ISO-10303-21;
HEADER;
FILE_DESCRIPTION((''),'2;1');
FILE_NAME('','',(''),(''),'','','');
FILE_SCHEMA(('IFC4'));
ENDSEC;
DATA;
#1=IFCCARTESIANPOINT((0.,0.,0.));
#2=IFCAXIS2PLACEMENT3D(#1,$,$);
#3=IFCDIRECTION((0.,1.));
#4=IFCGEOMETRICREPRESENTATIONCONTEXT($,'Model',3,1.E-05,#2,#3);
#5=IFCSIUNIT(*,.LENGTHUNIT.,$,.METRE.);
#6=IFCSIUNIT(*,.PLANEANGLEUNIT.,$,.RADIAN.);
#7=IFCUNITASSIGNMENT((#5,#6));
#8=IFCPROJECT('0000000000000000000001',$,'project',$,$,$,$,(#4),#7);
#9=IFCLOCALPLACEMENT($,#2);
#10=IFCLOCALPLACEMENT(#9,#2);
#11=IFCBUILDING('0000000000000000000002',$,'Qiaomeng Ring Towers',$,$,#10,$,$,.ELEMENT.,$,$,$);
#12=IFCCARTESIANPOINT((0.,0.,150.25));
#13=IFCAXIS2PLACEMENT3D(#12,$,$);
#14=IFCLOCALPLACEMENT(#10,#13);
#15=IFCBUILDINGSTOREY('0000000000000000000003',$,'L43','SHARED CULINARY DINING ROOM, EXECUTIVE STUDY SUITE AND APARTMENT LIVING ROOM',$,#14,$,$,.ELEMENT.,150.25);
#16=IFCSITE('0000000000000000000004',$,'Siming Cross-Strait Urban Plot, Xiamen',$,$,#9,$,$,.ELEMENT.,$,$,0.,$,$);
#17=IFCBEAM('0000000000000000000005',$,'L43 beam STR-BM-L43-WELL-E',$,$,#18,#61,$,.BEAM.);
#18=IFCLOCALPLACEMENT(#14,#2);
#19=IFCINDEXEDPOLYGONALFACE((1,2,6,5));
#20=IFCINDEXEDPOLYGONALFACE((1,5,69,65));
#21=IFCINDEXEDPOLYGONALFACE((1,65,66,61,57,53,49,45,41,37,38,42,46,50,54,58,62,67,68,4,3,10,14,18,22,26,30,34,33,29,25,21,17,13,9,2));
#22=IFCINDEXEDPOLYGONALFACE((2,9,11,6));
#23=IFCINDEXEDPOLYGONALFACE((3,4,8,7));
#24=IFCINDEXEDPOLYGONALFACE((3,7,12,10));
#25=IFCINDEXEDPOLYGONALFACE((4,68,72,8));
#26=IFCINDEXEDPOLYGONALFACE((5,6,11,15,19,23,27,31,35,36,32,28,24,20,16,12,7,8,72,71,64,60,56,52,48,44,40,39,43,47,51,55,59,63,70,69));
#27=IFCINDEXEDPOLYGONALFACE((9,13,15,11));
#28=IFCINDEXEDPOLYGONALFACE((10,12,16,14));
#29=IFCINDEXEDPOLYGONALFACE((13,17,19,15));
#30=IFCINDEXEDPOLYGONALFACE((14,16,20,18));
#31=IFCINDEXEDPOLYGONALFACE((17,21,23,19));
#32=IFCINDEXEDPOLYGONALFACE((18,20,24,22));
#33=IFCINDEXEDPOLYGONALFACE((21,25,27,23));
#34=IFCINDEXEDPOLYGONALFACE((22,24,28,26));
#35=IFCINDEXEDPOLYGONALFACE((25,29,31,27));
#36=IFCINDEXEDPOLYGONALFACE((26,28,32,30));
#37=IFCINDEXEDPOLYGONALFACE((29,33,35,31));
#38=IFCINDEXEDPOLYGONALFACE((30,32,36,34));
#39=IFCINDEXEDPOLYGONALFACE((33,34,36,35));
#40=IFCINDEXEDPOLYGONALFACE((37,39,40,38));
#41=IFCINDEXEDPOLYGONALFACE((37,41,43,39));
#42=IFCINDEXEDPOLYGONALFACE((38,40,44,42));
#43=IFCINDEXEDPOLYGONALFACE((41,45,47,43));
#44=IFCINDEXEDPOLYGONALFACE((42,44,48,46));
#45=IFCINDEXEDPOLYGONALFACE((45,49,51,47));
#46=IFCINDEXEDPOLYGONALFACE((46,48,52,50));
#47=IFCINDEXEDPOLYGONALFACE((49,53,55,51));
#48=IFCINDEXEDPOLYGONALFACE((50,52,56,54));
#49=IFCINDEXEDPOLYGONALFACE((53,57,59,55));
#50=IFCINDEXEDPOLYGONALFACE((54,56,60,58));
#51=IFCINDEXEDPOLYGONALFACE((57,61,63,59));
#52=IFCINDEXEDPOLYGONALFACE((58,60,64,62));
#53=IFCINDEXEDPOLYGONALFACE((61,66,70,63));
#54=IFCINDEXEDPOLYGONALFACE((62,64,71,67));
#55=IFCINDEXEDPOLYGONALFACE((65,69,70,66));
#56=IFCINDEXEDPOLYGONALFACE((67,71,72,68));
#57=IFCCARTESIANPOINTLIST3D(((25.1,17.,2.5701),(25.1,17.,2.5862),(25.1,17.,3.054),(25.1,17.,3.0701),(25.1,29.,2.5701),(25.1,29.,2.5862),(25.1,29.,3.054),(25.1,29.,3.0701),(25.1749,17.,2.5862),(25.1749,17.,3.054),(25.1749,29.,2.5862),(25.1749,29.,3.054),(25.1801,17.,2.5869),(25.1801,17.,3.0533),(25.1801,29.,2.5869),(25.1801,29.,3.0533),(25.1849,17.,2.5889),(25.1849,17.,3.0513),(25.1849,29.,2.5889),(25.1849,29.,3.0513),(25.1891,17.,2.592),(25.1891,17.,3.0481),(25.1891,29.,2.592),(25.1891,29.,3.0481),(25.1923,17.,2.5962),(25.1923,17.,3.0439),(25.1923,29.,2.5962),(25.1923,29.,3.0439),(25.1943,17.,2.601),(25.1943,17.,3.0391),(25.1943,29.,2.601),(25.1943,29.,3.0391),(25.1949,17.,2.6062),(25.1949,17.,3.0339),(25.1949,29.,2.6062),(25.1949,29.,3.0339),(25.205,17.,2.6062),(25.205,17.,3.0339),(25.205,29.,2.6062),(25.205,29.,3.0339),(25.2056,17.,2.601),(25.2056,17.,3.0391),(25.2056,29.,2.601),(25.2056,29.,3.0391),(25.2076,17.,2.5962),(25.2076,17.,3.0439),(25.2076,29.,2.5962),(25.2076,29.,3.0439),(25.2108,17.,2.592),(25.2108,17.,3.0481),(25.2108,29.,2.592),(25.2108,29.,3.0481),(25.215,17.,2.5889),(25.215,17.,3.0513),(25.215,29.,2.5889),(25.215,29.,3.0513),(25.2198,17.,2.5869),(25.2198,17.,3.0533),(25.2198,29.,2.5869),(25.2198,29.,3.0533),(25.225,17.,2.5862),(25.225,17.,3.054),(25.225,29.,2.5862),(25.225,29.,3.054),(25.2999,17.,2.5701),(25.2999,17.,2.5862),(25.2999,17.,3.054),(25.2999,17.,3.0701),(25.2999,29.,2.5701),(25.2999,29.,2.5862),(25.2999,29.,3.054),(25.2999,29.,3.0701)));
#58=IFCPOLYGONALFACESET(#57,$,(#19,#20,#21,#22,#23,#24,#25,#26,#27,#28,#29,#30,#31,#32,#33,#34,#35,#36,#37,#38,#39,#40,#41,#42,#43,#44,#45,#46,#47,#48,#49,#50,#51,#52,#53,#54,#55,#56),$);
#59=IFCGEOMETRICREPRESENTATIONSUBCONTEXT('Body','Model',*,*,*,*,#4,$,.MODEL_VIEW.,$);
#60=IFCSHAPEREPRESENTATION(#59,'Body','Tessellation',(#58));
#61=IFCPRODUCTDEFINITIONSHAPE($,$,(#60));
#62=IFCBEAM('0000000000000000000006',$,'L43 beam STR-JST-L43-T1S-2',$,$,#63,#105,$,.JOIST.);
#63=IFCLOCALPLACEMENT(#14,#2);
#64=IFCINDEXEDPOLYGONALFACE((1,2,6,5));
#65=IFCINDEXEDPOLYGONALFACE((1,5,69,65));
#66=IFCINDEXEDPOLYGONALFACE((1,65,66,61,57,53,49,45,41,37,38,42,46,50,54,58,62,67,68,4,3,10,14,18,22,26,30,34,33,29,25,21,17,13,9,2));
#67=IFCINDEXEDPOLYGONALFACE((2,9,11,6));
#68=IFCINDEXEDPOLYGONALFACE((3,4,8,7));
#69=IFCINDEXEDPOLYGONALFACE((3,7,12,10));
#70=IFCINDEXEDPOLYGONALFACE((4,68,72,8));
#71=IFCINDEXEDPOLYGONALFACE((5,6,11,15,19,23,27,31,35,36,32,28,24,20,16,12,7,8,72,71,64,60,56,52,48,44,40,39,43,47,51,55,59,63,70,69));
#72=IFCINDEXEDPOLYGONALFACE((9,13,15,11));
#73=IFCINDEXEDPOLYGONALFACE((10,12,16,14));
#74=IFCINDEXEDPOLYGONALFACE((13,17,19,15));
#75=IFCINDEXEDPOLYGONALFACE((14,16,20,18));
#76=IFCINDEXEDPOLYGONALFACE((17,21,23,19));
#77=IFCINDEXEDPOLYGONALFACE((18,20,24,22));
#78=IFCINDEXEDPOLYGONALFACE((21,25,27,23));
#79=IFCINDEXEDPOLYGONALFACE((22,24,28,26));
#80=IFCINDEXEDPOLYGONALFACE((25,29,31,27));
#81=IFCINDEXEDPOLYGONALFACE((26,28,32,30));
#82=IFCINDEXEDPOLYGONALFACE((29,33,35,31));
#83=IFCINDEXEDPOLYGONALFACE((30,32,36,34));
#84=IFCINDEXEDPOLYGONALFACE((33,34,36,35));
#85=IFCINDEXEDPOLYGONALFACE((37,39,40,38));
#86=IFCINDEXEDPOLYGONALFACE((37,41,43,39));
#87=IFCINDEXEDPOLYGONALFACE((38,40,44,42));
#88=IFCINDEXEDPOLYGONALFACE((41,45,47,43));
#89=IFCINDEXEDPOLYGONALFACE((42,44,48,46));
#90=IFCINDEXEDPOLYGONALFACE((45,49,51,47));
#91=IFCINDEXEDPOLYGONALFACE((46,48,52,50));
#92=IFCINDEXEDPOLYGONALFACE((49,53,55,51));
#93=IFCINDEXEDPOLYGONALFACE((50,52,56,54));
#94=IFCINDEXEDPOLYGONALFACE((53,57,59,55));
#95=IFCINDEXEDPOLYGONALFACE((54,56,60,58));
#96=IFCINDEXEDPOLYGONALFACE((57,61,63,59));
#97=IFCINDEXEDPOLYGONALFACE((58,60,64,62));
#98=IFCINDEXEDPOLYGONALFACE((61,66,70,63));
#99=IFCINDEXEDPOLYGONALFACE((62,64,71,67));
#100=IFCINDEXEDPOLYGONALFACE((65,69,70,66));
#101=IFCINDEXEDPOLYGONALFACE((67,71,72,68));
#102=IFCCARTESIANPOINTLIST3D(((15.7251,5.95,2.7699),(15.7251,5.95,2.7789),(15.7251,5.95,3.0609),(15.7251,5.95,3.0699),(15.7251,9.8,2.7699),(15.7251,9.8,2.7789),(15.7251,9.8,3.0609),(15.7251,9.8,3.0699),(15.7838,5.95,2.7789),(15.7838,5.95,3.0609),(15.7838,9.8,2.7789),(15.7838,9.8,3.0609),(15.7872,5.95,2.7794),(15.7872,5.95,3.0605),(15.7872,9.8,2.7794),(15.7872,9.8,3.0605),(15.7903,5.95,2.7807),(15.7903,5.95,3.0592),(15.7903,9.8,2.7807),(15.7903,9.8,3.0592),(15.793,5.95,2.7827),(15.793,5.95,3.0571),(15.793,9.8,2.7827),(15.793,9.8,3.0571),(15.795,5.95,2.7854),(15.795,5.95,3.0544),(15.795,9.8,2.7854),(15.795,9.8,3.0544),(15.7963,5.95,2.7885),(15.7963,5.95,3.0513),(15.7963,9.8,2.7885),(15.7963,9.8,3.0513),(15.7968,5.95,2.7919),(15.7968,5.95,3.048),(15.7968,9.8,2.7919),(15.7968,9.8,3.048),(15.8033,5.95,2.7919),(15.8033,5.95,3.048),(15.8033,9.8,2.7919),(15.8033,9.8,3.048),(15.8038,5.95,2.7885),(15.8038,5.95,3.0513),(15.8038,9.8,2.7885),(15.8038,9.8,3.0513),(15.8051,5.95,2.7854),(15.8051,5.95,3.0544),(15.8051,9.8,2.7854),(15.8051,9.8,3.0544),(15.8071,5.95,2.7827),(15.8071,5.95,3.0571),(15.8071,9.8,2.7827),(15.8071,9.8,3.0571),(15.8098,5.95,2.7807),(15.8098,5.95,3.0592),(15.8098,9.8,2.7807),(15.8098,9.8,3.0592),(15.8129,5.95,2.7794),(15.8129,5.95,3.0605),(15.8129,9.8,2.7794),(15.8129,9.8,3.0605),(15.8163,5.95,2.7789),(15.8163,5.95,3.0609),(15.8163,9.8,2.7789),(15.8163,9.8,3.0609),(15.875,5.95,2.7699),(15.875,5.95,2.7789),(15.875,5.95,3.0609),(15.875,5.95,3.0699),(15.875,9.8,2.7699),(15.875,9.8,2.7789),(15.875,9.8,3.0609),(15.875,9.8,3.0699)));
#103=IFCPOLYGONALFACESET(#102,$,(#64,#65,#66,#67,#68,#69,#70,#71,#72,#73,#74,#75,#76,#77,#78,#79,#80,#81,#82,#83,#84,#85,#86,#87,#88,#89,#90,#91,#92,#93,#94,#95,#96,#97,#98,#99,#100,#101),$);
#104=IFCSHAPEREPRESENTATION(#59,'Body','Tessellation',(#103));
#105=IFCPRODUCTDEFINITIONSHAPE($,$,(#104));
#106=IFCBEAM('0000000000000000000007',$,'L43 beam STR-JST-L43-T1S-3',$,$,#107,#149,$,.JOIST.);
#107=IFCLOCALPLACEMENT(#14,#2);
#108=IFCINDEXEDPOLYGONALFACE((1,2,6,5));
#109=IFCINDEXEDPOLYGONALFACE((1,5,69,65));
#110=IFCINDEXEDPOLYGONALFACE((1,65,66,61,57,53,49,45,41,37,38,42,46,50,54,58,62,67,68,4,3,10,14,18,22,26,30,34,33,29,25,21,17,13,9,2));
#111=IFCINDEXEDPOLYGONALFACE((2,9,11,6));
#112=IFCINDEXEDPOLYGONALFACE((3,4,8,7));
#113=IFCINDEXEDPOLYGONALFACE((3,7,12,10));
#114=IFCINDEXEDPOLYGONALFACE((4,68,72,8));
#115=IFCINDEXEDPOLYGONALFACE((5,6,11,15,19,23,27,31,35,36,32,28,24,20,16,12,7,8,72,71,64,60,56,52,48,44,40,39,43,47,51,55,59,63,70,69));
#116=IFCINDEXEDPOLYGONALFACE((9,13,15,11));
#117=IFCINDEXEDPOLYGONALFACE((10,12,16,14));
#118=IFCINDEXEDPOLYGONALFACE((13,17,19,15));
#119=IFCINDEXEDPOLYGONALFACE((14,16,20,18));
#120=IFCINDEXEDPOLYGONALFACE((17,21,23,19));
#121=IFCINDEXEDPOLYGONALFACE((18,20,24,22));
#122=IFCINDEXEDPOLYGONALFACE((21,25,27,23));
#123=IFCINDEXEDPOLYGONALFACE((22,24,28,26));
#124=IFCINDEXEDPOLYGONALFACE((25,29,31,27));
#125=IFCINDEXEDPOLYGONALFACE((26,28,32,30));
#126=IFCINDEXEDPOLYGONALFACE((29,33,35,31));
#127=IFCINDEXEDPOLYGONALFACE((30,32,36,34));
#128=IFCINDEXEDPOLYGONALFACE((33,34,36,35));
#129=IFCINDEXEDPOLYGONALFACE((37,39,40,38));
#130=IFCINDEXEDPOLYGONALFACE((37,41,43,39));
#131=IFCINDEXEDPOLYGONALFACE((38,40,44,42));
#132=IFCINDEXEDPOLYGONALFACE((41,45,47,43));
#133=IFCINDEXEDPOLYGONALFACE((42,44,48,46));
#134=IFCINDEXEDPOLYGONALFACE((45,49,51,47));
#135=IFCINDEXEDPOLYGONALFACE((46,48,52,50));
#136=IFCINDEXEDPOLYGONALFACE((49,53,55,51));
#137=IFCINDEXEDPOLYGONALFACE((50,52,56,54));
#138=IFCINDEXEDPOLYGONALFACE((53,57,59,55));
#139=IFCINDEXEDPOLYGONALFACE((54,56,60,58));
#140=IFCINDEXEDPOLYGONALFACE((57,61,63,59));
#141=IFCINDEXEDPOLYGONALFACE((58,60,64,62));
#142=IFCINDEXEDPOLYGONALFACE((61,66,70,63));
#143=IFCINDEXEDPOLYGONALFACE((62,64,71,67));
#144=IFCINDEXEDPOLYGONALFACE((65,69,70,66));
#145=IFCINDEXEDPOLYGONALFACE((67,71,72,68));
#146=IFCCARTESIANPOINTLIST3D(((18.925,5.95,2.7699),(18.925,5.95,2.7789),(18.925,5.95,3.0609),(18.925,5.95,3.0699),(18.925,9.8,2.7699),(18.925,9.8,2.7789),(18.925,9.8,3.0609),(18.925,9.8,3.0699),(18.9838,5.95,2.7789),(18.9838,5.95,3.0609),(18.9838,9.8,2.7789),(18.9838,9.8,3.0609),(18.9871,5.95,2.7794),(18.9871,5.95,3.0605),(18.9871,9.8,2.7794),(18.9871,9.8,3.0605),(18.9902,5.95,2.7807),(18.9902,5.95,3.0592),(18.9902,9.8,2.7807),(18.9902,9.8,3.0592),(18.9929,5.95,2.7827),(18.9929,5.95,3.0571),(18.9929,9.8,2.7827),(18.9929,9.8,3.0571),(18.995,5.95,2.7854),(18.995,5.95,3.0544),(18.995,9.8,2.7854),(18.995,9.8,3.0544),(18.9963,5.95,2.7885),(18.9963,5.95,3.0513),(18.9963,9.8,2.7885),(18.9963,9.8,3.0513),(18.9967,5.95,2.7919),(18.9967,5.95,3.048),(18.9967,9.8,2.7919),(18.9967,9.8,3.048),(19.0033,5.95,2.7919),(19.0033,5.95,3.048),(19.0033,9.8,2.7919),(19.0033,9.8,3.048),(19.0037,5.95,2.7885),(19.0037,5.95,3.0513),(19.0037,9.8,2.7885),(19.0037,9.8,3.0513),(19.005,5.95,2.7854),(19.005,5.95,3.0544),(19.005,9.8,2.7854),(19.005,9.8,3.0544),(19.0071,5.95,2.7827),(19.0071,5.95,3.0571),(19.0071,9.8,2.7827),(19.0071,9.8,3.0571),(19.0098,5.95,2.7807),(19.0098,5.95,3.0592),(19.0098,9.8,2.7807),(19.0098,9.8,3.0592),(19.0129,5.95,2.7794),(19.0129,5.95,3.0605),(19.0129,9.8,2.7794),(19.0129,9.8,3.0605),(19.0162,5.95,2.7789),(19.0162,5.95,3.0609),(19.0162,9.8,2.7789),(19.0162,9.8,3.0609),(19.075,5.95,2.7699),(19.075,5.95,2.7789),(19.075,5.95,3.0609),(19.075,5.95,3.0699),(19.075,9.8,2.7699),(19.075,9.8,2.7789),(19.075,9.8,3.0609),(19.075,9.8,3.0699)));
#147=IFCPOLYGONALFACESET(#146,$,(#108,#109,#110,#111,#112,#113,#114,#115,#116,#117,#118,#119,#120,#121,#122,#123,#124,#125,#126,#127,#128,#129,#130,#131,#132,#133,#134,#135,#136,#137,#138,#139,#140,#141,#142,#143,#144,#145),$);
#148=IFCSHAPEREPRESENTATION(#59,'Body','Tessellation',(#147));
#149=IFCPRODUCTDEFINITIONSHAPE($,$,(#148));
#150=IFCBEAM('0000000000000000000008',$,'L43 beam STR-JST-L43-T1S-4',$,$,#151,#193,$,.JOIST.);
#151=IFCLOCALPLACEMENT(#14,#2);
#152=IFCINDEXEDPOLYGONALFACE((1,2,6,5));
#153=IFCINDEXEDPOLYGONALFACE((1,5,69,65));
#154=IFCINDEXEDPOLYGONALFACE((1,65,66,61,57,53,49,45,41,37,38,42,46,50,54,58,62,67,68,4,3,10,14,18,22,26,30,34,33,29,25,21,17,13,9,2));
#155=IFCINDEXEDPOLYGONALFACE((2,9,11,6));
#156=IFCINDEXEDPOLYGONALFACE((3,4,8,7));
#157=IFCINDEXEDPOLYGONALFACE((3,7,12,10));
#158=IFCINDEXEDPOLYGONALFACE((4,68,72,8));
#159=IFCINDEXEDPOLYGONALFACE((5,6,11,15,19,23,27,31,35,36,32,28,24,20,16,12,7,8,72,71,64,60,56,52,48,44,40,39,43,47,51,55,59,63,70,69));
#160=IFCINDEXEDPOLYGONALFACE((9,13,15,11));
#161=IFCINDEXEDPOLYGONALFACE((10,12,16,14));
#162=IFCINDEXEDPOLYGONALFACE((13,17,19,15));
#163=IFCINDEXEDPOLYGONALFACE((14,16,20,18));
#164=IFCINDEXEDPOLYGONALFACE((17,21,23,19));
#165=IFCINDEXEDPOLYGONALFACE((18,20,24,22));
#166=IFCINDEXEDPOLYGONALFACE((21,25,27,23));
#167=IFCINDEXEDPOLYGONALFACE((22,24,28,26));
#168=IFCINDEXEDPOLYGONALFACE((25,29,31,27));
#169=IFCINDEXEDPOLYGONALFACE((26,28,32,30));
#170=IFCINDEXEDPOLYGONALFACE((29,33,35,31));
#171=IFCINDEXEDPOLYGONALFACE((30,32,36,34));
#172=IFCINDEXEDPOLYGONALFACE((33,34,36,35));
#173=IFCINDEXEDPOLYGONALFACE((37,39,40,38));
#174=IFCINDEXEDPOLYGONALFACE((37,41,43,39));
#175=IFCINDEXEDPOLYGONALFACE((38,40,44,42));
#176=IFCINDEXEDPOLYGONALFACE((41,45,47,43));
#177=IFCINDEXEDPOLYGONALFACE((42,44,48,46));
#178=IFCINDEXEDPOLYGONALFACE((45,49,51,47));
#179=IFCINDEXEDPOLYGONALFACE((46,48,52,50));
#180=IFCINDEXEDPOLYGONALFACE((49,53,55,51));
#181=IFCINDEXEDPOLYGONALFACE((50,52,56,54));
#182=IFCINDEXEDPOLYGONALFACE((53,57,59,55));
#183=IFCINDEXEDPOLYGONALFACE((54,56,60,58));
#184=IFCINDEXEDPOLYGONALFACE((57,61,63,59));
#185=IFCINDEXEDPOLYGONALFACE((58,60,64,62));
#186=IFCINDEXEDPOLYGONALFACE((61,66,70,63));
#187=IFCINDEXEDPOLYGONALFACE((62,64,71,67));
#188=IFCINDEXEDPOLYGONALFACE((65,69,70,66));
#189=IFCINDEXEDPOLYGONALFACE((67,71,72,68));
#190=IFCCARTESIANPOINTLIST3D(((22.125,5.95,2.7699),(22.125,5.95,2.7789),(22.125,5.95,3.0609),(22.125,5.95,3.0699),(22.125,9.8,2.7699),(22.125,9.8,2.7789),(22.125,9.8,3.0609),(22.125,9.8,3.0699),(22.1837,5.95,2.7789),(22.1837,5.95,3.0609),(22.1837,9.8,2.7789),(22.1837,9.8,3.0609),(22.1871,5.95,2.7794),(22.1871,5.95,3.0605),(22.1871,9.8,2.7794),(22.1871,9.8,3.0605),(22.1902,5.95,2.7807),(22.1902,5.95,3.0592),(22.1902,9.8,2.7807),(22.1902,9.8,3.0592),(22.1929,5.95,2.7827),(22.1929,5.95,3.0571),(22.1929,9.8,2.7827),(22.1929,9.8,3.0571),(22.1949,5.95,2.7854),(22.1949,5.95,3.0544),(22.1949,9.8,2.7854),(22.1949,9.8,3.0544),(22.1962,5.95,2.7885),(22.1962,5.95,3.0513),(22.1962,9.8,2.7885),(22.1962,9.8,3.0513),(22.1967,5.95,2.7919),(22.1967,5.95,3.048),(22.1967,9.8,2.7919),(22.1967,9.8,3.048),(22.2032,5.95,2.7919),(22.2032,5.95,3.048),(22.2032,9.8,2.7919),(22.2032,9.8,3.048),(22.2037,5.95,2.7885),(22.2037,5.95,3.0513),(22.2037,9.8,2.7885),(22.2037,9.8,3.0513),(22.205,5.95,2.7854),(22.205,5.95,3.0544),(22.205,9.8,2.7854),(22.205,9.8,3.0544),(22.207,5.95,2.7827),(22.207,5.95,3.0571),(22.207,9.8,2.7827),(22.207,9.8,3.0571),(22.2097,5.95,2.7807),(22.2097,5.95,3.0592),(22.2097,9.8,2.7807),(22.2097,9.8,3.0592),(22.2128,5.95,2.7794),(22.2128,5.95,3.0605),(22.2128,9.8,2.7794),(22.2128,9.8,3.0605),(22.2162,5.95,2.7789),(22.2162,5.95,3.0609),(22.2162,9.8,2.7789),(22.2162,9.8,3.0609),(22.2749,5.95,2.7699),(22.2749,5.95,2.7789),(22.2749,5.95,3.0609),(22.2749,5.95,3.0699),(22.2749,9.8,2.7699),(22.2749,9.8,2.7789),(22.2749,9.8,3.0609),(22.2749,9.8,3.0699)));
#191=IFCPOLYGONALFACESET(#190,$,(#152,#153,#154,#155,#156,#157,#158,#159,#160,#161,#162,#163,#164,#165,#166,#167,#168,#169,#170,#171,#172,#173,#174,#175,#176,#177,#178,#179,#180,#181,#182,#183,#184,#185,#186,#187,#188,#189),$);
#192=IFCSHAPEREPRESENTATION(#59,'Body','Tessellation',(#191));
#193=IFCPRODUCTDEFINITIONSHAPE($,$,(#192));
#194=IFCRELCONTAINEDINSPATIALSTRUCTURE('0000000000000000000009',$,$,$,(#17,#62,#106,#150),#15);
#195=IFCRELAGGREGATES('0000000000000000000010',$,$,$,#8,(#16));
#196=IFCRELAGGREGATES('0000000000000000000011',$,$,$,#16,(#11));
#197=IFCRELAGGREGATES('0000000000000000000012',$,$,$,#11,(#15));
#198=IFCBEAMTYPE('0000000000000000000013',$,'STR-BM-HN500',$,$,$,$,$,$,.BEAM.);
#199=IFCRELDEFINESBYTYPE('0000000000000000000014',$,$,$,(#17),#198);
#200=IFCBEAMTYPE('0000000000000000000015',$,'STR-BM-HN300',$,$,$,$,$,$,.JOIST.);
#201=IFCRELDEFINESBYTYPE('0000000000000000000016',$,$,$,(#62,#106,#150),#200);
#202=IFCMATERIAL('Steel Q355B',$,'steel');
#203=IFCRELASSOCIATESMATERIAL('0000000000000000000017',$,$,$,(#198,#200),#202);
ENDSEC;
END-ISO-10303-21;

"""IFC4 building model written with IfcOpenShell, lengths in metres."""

from ifc_helpers import new_model, si_unit, direction, frame, origin, origin_2d, place, context, subcontext, project, spatial, i_section, extrude, source, transform, mapped, material, material_profile, profile_set, type_object, element, save


model = new_model("IFC4")

# Units and contexts
model_context = context("Model", 3, precision=1e-05, world=origin(), true_north=direction((0.0, 1.0)))
body_context = subcontext(model_context, "Body", "Model", "MODEL_VIEW")
ifc_project = project(units=[si_unit("LENGTHUNIT", "METRE"), si_unit("PLANEANGLEUNIT", "RADIAN")], contexts=[model_context])

# Site, building, storey
site_placement = place(None, origin())
site = spatial("IfcSite", under=ifc_project, at=site_placement, Name="Siming Cross-Strait Urban Plot, Xiamen", CompositionType="ELEMENT", RefElevation=0.0)
building_placement = place(site_placement, origin())
building = spatial("IfcBuilding", under=site, at=building_placement, Name="Qiaomeng Ring Towers", CompositionType="ELEMENT")
storey_placement = place(building_placement, frame((0.0, 0.0, 150.25)))
storey = spatial("IfcBuildingStorey", under=building, at=storey_placement, Name="L43", Description="SHARED CULINARY DINING ROOM, EXECUTIVE STUDY SUITE AND APARTMENT LIVING ROOM", CompositionType="ELEMENT", Elevation=150.25)

# Beams
ifc_material_1 = material(Name="Steel Q355B", Category="steel")
ifc_material_profile_1 = material_profile(ifc_material_1, i_section(OverallWidth=0.2, OverallDepth=0.5, WebThickness=0.01, FlangeThickness=0.0161, FilletRadius=0.02, at=origin_2d()), Name="HN 500x200x10x16")
ifc_profile_set_1 = profile_set([ifc_material_profile_1], Name="Steel Q355B")
beam_type_1 = type_object("IfcBeamType", Name="STR-BM-HN500", PredefinedType="BEAM", material=ifc_profile_set_1)
shared_shape_1 = source(origin(), body_context, "Body", "SweptSolid", [
    extrude(i_section(OverallWidth=0.2, OverallDepth=0.5, WebThickness=0.01, FlangeThickness=0.0161, FilletRadius=0.02, at=origin_2d()), origin(), (0.0, 0.0, 1.0), 12.0),
])
beam_1_placement = place(storey_placement, frame((25.2, 17.0, 2.8201), z_axis=(0.0, 1.0, 0.0), x_axis=(-1.0, 0.0, 0.0)))
element("IfcBeam", 1, at=beam_1_placement, inside=storey, type_object=beam_type_1, Name="L43 beam STR-BM-L43-WELL-E", PredefinedType="BEAM", context=body_context, shape_type="MappedRepresentation", body=[
    mapped(shared_shape_1, transform((0.0, 0.0, 0.0), x_axis=(1.0, 0.0, 0.0), y_axis=(0.0, 1.0, 0.0), z_axis=(0.0, 0.0, 1.0), scale=1.0)),
])
ifc_material_profile_2 = material_profile(ifc_material_1, i_section(OverallWidth=0.1499, OverallDepth=0.3, WebThickness=0.0066, FlangeThickness=0.009, FilletRadius=0.0129, at=origin_2d()), Name="HN 300x150x6.5x9")
ifc_profile_set_2 = profile_set([ifc_material_profile_2], Name="Steel Q355B")
beam_type_2 = type_object("IfcBeamType", Name="STR-BM-HN300", PredefinedType="JOIST", material=ifc_profile_set_2)
shared_shape_2 = source(origin(), body_context, "Body", "SweptSolid", [
    extrude(i_section(OverallWidth=0.1499, OverallDepth=0.3, WebThickness=0.0066, FlangeThickness=0.009, FilletRadius=0.0129, at=origin_2d()), origin(), (0.0, 0.0, 1.0), 3.8501),
])
for number, where, z_axis, x_axis, name in (
    (2, (15.8, 5.95, 2.9199), (0.0, 1.0, 0.0), (-1.0, 0.0, 0.0), "L43 beam STR-JST-L43-T1S-2"),
    (3, (19.0, 5.95, 2.9199), (0.0, 1.0, 0.0), (-1.0, 0.0, 0.0), "L43 beam STR-JST-L43-T1S-3"),
    (4, (22.2, 5.95, 2.9199), (0.0, 1.0, 0.0), (-1.0, 0.0, 0.0), "L43 beam STR-JST-L43-T1S-4"),
):
    element("IfcBeam", number, at=place(storey_placement, frame(where, z_axis=z_axis, x_axis=x_axis)), inside=storey, type_object=beam_type_2, Name=name, PredefinedType="JOIST", context=body_context, shape_type="MappedRepresentation", body=[
        mapped(shared_shape_2, transform((0.0, 0.0, 0.0), x_axis=(1.0, 0.0, 0.0), y_axis=(0.0, 1.0, 0.0), z_axis=(0.0, 0.0, 1.0), scale=1.0)),
    ])

save(model, "model.ifc")
